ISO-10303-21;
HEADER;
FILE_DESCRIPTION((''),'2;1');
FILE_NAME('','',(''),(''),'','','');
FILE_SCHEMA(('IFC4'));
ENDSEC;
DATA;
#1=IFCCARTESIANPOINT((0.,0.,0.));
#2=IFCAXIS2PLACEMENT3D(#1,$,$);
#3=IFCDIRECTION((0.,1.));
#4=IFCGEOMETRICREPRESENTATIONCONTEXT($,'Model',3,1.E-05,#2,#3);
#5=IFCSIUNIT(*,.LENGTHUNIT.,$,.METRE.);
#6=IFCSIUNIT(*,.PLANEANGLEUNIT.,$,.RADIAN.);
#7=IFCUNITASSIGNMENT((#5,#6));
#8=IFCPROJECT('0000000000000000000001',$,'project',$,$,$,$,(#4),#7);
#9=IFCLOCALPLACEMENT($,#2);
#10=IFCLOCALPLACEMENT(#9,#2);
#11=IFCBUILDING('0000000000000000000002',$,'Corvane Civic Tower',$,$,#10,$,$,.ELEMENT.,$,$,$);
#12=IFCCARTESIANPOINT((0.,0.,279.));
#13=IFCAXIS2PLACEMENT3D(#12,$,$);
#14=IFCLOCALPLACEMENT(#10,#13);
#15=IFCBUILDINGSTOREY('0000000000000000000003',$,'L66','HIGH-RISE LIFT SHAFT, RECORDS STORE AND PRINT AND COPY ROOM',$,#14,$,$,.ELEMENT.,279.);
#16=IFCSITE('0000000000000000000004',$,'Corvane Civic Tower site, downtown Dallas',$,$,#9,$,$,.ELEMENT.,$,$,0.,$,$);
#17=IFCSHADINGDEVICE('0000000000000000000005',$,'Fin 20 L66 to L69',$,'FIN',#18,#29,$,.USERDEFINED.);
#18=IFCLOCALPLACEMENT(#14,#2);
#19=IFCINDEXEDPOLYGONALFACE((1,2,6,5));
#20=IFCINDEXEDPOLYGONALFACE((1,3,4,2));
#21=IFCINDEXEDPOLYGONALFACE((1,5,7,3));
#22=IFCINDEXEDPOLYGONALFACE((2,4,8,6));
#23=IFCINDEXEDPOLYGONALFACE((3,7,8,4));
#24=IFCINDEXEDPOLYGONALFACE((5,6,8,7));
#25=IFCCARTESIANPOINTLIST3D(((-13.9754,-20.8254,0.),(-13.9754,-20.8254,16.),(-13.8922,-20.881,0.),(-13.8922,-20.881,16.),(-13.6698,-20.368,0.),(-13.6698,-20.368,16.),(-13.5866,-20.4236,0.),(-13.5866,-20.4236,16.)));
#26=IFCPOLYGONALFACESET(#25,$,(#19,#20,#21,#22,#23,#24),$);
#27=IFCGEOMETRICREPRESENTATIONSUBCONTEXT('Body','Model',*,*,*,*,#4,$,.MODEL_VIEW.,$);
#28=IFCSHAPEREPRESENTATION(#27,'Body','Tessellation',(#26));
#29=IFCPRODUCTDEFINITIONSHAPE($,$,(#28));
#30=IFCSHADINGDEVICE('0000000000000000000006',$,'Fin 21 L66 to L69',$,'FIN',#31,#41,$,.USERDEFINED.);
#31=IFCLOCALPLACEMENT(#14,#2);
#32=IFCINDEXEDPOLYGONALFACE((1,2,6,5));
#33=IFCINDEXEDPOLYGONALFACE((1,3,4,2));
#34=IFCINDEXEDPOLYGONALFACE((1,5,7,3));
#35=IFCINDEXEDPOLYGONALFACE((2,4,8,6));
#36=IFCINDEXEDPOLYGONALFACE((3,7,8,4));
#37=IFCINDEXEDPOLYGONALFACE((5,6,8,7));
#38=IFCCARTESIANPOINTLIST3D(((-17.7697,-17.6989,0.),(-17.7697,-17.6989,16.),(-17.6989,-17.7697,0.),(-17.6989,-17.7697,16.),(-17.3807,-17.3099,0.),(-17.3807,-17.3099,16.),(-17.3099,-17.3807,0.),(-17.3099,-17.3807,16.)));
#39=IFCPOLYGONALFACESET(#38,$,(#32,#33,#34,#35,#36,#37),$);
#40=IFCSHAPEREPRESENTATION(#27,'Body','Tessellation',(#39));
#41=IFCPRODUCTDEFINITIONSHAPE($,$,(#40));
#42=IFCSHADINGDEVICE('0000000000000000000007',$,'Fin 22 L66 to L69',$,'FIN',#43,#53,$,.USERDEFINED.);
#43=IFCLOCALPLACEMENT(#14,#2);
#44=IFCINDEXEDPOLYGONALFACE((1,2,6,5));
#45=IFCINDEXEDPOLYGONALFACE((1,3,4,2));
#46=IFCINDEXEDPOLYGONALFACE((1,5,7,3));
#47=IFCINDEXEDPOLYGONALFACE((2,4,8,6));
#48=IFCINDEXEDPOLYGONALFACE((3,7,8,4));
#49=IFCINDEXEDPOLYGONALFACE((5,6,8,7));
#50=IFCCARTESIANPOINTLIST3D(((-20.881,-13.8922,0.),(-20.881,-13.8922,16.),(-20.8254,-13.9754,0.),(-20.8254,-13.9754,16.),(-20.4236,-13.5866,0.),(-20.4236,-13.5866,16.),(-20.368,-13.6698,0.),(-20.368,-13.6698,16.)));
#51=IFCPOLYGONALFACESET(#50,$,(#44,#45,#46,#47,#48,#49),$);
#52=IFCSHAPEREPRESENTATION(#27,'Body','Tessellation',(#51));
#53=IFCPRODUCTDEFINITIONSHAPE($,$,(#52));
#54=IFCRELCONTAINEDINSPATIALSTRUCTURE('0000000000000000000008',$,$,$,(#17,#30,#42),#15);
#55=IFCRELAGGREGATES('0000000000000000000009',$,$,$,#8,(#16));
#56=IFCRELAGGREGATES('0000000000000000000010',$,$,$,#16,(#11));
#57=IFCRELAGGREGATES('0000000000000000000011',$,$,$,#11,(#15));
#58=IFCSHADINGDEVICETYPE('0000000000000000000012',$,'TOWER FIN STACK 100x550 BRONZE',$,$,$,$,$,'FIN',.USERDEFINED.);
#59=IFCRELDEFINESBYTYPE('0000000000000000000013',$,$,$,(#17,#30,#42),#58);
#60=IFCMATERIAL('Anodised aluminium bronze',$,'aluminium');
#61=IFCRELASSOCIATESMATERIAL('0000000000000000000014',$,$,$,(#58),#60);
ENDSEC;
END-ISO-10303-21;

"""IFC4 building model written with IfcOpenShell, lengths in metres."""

from ifc_helpers import new_model, si_unit, direction, frame, origin, origin_2d, place, context, subcontext, project, spatial, rectangle, extrude, material, material_profile, profile_set, type_object, element, save


model = new_model("IFC4")

# Units and contexts
model_context = context("Model", 3, precision=1e-05, world=origin(), true_north=direction((0.0, 1.0)))
body_context = subcontext(model_context, "Body", "Model", "MODEL_VIEW")
ifc_project = project(units=[si_unit("LENGTHUNIT", "METRE"), si_unit("PLANEANGLEUNIT", "RADIAN")], contexts=[model_context])

# Site, building, storey
site_placement = place(None, origin())
site = spatial("IfcSite", under=ifc_project, at=site_placement, Name="Corvane Civic Tower site, downtown Dallas", CompositionType="ELEMENT", RefElevation=0.0)
building_placement = place(site_placement, origin())
building = spatial("IfcBuilding", under=site, at=building_placement, Name="Corvane Civic Tower", CompositionType="ELEMENT")
storey_placement = place(building_placement, frame((0.0, 0.0, 279.0)))
storey = spatial("IfcBuildingStorey", under=building, at=storey_placement, Name="L66", Description="HIGH-RISE LIFT SHAFT, RECORDS STORE AND PRINT AND COPY ROOM", CompositionType="ELEMENT", Elevation=279.0)

# Shading devices
ifc_material_1 = material(Name="Anodised aluminium bronze", Category="aluminium")
ifc_material_profile_1 = material_profile(ifc_material_1, rectangle(XDim=0.1001, YDim=0.55, at=origin_2d()), Name="TOWER FIN STACK 100x550 BRONZE")
ifc_profile_set_1 = profile_set([ifc_material_profile_1], Name="Anodised aluminium bronze")
shading_device_type = type_object("IfcShadingDeviceType", Name="TOWER FIN STACK 100x550 BRONZE", ElementType="FIN", PredefinedType="USERDEFINED", material=ifc_profile_set_1)
for number, where, z_axis, x_axis, name in (
    (1, (-13.781, -20.6245, 0.0), (0.0, 0.0, 1.0), (-0.83147, 0.55557, 0.0), "Fin 20 L66 to L69"),
    (2, (-17.5398, -17.5398, 0.0), (0.0, 0.0, 1.0), (-0.707107, 0.707107, 0.0), "Fin 21 L66 to L69"),
    (3, (-20.6245, -13.781, 0.0), (0.0, 0.0, 1.0), (-0.55557, 0.83147, 0.0), "Fin 22 L66 to L69"),
):
    element("IfcShadingDevice", number, at=place(storey_placement, frame(where, z_axis=z_axis, x_axis=x_axis)), inside=storey, type_object=shading_device_type, Name=name, ObjectType="FIN", PredefinedType="USERDEFINED", context=body_context, shape_type="SweptSolid", body=[
        extrude(rectangle(XDim=0.1001, YDim=0.55, at=origin_2d()), origin(), (0.0, 0.0, 1.0), 16.0),
    ])

save(model, "model.ifc")
